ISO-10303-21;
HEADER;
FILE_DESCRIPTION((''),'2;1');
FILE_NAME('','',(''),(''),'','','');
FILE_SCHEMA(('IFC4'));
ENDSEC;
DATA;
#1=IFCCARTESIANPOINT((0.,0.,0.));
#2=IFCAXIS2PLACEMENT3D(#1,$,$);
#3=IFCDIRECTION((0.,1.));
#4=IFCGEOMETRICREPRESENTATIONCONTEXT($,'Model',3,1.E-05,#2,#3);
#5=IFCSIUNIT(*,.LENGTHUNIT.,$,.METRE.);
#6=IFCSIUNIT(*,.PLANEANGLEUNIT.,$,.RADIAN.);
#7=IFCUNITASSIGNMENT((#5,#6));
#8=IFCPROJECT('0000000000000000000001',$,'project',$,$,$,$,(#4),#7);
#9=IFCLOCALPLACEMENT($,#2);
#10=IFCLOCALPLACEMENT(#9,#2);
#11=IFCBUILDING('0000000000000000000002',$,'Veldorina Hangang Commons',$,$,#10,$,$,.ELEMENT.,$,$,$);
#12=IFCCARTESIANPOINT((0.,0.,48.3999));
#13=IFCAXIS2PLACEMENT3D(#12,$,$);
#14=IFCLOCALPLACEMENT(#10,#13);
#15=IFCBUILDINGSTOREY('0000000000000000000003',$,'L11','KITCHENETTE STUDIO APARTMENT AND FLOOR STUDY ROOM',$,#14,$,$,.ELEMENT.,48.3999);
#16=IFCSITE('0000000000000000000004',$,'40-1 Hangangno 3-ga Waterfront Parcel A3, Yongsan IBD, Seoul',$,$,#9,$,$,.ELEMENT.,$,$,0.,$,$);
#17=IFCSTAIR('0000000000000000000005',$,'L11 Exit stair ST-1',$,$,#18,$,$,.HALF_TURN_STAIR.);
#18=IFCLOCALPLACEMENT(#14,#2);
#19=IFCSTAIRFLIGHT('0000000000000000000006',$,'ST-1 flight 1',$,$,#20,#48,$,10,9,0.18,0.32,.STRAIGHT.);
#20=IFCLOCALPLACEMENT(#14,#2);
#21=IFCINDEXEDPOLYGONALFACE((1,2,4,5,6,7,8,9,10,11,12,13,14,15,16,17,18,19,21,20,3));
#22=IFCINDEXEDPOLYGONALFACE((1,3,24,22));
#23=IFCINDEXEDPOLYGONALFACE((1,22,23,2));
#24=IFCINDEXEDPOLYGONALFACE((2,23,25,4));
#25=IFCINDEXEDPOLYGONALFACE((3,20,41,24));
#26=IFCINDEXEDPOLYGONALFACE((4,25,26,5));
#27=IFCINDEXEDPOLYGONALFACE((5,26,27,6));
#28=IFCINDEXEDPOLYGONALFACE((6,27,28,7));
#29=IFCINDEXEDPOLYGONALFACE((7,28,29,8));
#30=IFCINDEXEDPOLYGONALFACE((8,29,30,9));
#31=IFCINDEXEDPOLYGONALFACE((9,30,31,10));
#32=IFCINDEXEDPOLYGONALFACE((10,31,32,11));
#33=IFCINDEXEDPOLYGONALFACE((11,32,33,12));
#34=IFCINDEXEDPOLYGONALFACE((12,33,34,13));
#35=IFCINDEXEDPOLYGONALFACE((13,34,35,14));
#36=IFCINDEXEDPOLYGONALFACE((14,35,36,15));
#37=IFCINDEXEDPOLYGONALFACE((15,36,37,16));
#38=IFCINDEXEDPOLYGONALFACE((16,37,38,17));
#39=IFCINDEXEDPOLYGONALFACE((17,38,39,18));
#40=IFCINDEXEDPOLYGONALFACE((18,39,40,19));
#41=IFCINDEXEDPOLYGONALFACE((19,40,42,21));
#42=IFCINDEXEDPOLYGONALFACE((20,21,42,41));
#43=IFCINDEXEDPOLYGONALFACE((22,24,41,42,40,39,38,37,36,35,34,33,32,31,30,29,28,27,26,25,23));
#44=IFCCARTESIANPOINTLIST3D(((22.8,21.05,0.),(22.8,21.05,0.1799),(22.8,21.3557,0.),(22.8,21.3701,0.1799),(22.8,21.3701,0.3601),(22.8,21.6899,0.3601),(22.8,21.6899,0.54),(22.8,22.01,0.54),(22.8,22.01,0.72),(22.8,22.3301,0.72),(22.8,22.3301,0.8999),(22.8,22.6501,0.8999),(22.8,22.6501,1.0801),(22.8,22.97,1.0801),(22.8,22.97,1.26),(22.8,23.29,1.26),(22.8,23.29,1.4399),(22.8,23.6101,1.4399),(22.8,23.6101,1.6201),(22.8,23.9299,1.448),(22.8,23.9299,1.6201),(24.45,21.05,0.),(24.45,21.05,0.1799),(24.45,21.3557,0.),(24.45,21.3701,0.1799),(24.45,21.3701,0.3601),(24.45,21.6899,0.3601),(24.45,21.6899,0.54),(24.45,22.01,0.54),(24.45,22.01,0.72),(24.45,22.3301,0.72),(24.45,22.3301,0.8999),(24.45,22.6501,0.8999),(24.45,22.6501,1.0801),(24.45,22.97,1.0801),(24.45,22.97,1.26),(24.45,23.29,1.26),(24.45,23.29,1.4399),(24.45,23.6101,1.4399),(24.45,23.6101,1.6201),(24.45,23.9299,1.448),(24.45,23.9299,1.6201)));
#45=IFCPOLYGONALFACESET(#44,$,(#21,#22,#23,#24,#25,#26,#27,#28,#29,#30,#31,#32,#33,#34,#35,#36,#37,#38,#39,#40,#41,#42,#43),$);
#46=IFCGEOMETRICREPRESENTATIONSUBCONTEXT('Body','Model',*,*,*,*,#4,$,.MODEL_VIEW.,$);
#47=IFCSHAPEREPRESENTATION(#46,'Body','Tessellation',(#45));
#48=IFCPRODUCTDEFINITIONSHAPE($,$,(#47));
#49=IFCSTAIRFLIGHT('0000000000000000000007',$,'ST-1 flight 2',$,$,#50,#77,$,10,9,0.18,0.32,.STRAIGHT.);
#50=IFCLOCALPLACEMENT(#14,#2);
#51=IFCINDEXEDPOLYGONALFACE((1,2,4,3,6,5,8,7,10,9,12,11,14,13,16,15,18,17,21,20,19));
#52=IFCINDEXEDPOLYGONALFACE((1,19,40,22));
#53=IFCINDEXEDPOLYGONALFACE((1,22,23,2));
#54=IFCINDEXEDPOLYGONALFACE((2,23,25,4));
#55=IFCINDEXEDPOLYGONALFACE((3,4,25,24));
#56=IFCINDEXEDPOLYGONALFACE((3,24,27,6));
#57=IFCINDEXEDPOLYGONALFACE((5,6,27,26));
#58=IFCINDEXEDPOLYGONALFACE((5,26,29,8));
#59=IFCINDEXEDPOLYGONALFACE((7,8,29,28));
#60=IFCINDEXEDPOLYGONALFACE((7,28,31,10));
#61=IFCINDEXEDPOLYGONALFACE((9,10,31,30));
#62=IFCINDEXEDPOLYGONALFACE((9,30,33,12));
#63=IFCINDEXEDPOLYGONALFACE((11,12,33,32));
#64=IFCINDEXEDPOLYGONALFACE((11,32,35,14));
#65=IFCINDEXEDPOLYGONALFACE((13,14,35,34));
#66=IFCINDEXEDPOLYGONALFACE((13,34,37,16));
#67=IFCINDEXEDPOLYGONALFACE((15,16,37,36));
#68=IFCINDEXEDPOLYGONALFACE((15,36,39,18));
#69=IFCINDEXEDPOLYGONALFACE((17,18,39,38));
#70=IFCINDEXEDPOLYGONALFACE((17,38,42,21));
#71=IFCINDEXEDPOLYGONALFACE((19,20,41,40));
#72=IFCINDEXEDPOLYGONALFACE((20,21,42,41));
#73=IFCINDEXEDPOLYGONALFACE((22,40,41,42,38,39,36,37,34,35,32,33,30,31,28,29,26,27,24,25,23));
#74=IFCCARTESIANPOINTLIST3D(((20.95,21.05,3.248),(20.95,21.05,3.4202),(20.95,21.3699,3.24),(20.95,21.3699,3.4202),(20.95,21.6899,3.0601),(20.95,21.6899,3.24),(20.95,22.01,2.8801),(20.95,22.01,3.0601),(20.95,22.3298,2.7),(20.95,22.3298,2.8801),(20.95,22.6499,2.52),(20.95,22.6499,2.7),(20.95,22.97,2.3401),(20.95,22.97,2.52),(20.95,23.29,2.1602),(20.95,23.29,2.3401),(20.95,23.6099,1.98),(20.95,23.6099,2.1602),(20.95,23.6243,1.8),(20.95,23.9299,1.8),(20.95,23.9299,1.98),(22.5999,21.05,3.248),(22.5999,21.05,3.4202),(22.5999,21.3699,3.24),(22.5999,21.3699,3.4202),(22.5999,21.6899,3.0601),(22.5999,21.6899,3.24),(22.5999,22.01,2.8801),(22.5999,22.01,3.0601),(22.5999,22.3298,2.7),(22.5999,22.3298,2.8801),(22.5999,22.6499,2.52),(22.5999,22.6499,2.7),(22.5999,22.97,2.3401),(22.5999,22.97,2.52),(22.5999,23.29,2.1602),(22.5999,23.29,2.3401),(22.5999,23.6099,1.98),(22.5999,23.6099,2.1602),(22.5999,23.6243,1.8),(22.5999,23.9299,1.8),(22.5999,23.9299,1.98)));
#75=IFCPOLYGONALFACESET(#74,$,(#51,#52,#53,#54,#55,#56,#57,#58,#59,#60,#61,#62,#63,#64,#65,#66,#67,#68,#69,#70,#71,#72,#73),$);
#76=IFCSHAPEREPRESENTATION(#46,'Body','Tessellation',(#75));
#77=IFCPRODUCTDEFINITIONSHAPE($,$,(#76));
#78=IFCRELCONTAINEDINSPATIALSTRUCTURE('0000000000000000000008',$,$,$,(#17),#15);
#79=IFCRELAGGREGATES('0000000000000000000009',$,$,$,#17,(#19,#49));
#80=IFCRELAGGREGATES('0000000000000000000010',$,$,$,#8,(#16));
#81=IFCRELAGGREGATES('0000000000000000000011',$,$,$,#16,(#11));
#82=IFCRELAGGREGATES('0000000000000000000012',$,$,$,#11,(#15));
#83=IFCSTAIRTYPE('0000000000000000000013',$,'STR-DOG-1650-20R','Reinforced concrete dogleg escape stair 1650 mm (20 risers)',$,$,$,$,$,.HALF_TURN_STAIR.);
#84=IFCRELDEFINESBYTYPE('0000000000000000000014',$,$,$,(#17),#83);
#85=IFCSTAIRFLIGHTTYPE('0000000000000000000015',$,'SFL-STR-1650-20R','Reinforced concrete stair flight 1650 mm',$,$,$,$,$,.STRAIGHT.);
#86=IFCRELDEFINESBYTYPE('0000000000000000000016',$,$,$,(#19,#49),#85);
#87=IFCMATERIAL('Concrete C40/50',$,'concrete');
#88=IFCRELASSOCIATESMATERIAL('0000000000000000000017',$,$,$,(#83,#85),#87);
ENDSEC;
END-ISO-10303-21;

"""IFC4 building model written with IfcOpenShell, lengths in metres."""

from ifc_helpers import new_model, si_unit, direction, frame, origin, place, context, subcontext, project, spatial, polyline, outline, extrude, material, type_object, element, aggregate, save


model = new_model("IFC4")

# Units and contexts
model_context = context("Model", 3, precision=1e-05, world=origin(), true_north=direction((0.0, 1.0)))
body_context = subcontext(model_context, "Body", "Model", "MODEL_VIEW")
ifc_project = project(units=[si_unit("LENGTHUNIT", "METRE"), si_unit("PLANEANGLEUNIT", "RADIAN")], contexts=[model_context])

# Site, building, storey
site_placement = place(None, origin())
site = spatial("IfcSite", under=ifc_project, at=site_placement, Name="40-1 Hangangno 3-ga Waterfront Parcel A3, Yongsan IBD, Seoul", CompositionType="ELEMENT", RefElevation=0.0)
building_placement = place(site_placement, origin())
building = spatial("IfcBuilding", under=site, at=building_placement, Name="Veldorina Hangang Commons", CompositionType="ELEMENT")
storey_placement = place(building_placement, frame((0.0, 0.0, 48.3999)))
storey = spatial("IfcBuildingStorey", under=building, at=storey_placement, Name="L11", Description="KITCHENETTE STUDIO APARTMENT AND FLOOR STUDY ROOM", CompositionType="ELEMENT", Elevation=48.3999)

# Stair, stair flights
ifc_material_1 = material(Name="Concrete C40/50", Category="concrete")
stair_type = type_object("IfcStairType", Name="STR-DOG-1650-20R", Description="Reinforced concrete dogleg escape stair 1650 mm (20 risers)", PredefinedType="HALF_TURN_STAIR", material=ifc_material_1)
stair_placement = place(storey_placement, origin())
stair = element("IfcStair", 1, at=stair_placement, inside=storey, type_object=stair_type, Name="L11 Exit stair ST-1", PredefinedType="HALF_TURN_STAIR")
stair_flight_type = type_object("IfcStairFlightType", Name="SFL-STR-1650-20R", Description="Reinforced concrete stair flight 1650 mm", PredefinedType="STRAIGHT", material=ifc_material_1)
stair_flight_1_placement = place(storey_placement, frame((23.625, 21.05, 0.0), z_axis=(0.0, 0.0, 1.0), x_axis=(0.0, 1.0, 0.0)))
stair_flight_1 = element("IfcStairFlight", 2, at=stair_flight_1_placement, type_object=stair_flight_type, Name="ST-1 flight 1", NumberOfRisers=10, NumberOfTreads=9, PredefinedType="STRAIGHT", RiserHeight=0.18, TreadLength=0.32, context=body_context, shape_type="SweptSolid", body=[
    extrude(outline(polyline([(0.0, 0.0), (0.0, 0.1799), (0.3201, 0.1799), (0.3201, 0.3601), (0.6399, 0.3601), (0.6399, 0.54), (0.96, 0.54), (0.96, 0.72), (1.28, 0.72), (1.28, 0.8999), (1.6001, 0.8999), (1.6001, 1.0801), (1.9199, 1.0801), (1.9199, 1.26), (2.24, 1.26), (2.24, 1.4399), (2.5601, 1.4399), (2.5601, 1.6201), (2.8799, 1.6201), (2.8799, 1.8), (2.8799, 1.448), (0.3057, 0.0), (0.0, 0.0)])), frame((0.0, 0.825, 0.0), z_axis=(0.0, -1.0, 0.0), x_axis=(1.0, 0.0, 0.0)), (0.0, 0.0, 1.0), 1.6499),
])
stair_flight_2_placement = place(storey_placement, frame((21.7749, 23.9299, 1.8), z_axis=(0.0, 0.0, 1.0), x_axis=(0.0, -1.0, 0.0)))
stair_flight_2 = element("IfcStairFlight", 3, at=stair_flight_2_placement, type_object=stair_flight_type, Name="ST-1 flight 2", NumberOfRisers=10, NumberOfTreads=9, PredefinedType="STRAIGHT", RiserHeight=0.18, TreadLength=0.32, context=body_context, shape_type="SweptSolid", body=[
    extrude(outline(polyline([(0.0, 0.0), (0.0, 0.1799), (0.3201, 0.1799), (0.3201, 0.3601), (0.6399, 0.3601), (0.6399, 0.54), (0.96, 0.54), (0.96, 0.72), (1.28, 0.72), (1.28, 0.8999), (1.6001, 0.8999), (1.6001, 1.0801), (1.9199, 1.0801), (1.9199, 1.26), (2.24, 1.26), (2.24, 1.4399), (2.5601, 1.4399), (2.5601, 1.6201), (2.8799, 1.6201), (2.8799, 1.8), (2.8799, 1.448), (0.3057, 0.0), (0.0, 0.0)])), frame((0.0, 0.825, 0.0), z_axis=(0.0, -1.0, 0.0), x_axis=(1.0, 0.0, 0.0)), (0.0, 0.0, 1.0), 1.6499),
])
aggregate(stair, [stair_flight_1, stair_flight_2])

save(model, "model.ifc")
